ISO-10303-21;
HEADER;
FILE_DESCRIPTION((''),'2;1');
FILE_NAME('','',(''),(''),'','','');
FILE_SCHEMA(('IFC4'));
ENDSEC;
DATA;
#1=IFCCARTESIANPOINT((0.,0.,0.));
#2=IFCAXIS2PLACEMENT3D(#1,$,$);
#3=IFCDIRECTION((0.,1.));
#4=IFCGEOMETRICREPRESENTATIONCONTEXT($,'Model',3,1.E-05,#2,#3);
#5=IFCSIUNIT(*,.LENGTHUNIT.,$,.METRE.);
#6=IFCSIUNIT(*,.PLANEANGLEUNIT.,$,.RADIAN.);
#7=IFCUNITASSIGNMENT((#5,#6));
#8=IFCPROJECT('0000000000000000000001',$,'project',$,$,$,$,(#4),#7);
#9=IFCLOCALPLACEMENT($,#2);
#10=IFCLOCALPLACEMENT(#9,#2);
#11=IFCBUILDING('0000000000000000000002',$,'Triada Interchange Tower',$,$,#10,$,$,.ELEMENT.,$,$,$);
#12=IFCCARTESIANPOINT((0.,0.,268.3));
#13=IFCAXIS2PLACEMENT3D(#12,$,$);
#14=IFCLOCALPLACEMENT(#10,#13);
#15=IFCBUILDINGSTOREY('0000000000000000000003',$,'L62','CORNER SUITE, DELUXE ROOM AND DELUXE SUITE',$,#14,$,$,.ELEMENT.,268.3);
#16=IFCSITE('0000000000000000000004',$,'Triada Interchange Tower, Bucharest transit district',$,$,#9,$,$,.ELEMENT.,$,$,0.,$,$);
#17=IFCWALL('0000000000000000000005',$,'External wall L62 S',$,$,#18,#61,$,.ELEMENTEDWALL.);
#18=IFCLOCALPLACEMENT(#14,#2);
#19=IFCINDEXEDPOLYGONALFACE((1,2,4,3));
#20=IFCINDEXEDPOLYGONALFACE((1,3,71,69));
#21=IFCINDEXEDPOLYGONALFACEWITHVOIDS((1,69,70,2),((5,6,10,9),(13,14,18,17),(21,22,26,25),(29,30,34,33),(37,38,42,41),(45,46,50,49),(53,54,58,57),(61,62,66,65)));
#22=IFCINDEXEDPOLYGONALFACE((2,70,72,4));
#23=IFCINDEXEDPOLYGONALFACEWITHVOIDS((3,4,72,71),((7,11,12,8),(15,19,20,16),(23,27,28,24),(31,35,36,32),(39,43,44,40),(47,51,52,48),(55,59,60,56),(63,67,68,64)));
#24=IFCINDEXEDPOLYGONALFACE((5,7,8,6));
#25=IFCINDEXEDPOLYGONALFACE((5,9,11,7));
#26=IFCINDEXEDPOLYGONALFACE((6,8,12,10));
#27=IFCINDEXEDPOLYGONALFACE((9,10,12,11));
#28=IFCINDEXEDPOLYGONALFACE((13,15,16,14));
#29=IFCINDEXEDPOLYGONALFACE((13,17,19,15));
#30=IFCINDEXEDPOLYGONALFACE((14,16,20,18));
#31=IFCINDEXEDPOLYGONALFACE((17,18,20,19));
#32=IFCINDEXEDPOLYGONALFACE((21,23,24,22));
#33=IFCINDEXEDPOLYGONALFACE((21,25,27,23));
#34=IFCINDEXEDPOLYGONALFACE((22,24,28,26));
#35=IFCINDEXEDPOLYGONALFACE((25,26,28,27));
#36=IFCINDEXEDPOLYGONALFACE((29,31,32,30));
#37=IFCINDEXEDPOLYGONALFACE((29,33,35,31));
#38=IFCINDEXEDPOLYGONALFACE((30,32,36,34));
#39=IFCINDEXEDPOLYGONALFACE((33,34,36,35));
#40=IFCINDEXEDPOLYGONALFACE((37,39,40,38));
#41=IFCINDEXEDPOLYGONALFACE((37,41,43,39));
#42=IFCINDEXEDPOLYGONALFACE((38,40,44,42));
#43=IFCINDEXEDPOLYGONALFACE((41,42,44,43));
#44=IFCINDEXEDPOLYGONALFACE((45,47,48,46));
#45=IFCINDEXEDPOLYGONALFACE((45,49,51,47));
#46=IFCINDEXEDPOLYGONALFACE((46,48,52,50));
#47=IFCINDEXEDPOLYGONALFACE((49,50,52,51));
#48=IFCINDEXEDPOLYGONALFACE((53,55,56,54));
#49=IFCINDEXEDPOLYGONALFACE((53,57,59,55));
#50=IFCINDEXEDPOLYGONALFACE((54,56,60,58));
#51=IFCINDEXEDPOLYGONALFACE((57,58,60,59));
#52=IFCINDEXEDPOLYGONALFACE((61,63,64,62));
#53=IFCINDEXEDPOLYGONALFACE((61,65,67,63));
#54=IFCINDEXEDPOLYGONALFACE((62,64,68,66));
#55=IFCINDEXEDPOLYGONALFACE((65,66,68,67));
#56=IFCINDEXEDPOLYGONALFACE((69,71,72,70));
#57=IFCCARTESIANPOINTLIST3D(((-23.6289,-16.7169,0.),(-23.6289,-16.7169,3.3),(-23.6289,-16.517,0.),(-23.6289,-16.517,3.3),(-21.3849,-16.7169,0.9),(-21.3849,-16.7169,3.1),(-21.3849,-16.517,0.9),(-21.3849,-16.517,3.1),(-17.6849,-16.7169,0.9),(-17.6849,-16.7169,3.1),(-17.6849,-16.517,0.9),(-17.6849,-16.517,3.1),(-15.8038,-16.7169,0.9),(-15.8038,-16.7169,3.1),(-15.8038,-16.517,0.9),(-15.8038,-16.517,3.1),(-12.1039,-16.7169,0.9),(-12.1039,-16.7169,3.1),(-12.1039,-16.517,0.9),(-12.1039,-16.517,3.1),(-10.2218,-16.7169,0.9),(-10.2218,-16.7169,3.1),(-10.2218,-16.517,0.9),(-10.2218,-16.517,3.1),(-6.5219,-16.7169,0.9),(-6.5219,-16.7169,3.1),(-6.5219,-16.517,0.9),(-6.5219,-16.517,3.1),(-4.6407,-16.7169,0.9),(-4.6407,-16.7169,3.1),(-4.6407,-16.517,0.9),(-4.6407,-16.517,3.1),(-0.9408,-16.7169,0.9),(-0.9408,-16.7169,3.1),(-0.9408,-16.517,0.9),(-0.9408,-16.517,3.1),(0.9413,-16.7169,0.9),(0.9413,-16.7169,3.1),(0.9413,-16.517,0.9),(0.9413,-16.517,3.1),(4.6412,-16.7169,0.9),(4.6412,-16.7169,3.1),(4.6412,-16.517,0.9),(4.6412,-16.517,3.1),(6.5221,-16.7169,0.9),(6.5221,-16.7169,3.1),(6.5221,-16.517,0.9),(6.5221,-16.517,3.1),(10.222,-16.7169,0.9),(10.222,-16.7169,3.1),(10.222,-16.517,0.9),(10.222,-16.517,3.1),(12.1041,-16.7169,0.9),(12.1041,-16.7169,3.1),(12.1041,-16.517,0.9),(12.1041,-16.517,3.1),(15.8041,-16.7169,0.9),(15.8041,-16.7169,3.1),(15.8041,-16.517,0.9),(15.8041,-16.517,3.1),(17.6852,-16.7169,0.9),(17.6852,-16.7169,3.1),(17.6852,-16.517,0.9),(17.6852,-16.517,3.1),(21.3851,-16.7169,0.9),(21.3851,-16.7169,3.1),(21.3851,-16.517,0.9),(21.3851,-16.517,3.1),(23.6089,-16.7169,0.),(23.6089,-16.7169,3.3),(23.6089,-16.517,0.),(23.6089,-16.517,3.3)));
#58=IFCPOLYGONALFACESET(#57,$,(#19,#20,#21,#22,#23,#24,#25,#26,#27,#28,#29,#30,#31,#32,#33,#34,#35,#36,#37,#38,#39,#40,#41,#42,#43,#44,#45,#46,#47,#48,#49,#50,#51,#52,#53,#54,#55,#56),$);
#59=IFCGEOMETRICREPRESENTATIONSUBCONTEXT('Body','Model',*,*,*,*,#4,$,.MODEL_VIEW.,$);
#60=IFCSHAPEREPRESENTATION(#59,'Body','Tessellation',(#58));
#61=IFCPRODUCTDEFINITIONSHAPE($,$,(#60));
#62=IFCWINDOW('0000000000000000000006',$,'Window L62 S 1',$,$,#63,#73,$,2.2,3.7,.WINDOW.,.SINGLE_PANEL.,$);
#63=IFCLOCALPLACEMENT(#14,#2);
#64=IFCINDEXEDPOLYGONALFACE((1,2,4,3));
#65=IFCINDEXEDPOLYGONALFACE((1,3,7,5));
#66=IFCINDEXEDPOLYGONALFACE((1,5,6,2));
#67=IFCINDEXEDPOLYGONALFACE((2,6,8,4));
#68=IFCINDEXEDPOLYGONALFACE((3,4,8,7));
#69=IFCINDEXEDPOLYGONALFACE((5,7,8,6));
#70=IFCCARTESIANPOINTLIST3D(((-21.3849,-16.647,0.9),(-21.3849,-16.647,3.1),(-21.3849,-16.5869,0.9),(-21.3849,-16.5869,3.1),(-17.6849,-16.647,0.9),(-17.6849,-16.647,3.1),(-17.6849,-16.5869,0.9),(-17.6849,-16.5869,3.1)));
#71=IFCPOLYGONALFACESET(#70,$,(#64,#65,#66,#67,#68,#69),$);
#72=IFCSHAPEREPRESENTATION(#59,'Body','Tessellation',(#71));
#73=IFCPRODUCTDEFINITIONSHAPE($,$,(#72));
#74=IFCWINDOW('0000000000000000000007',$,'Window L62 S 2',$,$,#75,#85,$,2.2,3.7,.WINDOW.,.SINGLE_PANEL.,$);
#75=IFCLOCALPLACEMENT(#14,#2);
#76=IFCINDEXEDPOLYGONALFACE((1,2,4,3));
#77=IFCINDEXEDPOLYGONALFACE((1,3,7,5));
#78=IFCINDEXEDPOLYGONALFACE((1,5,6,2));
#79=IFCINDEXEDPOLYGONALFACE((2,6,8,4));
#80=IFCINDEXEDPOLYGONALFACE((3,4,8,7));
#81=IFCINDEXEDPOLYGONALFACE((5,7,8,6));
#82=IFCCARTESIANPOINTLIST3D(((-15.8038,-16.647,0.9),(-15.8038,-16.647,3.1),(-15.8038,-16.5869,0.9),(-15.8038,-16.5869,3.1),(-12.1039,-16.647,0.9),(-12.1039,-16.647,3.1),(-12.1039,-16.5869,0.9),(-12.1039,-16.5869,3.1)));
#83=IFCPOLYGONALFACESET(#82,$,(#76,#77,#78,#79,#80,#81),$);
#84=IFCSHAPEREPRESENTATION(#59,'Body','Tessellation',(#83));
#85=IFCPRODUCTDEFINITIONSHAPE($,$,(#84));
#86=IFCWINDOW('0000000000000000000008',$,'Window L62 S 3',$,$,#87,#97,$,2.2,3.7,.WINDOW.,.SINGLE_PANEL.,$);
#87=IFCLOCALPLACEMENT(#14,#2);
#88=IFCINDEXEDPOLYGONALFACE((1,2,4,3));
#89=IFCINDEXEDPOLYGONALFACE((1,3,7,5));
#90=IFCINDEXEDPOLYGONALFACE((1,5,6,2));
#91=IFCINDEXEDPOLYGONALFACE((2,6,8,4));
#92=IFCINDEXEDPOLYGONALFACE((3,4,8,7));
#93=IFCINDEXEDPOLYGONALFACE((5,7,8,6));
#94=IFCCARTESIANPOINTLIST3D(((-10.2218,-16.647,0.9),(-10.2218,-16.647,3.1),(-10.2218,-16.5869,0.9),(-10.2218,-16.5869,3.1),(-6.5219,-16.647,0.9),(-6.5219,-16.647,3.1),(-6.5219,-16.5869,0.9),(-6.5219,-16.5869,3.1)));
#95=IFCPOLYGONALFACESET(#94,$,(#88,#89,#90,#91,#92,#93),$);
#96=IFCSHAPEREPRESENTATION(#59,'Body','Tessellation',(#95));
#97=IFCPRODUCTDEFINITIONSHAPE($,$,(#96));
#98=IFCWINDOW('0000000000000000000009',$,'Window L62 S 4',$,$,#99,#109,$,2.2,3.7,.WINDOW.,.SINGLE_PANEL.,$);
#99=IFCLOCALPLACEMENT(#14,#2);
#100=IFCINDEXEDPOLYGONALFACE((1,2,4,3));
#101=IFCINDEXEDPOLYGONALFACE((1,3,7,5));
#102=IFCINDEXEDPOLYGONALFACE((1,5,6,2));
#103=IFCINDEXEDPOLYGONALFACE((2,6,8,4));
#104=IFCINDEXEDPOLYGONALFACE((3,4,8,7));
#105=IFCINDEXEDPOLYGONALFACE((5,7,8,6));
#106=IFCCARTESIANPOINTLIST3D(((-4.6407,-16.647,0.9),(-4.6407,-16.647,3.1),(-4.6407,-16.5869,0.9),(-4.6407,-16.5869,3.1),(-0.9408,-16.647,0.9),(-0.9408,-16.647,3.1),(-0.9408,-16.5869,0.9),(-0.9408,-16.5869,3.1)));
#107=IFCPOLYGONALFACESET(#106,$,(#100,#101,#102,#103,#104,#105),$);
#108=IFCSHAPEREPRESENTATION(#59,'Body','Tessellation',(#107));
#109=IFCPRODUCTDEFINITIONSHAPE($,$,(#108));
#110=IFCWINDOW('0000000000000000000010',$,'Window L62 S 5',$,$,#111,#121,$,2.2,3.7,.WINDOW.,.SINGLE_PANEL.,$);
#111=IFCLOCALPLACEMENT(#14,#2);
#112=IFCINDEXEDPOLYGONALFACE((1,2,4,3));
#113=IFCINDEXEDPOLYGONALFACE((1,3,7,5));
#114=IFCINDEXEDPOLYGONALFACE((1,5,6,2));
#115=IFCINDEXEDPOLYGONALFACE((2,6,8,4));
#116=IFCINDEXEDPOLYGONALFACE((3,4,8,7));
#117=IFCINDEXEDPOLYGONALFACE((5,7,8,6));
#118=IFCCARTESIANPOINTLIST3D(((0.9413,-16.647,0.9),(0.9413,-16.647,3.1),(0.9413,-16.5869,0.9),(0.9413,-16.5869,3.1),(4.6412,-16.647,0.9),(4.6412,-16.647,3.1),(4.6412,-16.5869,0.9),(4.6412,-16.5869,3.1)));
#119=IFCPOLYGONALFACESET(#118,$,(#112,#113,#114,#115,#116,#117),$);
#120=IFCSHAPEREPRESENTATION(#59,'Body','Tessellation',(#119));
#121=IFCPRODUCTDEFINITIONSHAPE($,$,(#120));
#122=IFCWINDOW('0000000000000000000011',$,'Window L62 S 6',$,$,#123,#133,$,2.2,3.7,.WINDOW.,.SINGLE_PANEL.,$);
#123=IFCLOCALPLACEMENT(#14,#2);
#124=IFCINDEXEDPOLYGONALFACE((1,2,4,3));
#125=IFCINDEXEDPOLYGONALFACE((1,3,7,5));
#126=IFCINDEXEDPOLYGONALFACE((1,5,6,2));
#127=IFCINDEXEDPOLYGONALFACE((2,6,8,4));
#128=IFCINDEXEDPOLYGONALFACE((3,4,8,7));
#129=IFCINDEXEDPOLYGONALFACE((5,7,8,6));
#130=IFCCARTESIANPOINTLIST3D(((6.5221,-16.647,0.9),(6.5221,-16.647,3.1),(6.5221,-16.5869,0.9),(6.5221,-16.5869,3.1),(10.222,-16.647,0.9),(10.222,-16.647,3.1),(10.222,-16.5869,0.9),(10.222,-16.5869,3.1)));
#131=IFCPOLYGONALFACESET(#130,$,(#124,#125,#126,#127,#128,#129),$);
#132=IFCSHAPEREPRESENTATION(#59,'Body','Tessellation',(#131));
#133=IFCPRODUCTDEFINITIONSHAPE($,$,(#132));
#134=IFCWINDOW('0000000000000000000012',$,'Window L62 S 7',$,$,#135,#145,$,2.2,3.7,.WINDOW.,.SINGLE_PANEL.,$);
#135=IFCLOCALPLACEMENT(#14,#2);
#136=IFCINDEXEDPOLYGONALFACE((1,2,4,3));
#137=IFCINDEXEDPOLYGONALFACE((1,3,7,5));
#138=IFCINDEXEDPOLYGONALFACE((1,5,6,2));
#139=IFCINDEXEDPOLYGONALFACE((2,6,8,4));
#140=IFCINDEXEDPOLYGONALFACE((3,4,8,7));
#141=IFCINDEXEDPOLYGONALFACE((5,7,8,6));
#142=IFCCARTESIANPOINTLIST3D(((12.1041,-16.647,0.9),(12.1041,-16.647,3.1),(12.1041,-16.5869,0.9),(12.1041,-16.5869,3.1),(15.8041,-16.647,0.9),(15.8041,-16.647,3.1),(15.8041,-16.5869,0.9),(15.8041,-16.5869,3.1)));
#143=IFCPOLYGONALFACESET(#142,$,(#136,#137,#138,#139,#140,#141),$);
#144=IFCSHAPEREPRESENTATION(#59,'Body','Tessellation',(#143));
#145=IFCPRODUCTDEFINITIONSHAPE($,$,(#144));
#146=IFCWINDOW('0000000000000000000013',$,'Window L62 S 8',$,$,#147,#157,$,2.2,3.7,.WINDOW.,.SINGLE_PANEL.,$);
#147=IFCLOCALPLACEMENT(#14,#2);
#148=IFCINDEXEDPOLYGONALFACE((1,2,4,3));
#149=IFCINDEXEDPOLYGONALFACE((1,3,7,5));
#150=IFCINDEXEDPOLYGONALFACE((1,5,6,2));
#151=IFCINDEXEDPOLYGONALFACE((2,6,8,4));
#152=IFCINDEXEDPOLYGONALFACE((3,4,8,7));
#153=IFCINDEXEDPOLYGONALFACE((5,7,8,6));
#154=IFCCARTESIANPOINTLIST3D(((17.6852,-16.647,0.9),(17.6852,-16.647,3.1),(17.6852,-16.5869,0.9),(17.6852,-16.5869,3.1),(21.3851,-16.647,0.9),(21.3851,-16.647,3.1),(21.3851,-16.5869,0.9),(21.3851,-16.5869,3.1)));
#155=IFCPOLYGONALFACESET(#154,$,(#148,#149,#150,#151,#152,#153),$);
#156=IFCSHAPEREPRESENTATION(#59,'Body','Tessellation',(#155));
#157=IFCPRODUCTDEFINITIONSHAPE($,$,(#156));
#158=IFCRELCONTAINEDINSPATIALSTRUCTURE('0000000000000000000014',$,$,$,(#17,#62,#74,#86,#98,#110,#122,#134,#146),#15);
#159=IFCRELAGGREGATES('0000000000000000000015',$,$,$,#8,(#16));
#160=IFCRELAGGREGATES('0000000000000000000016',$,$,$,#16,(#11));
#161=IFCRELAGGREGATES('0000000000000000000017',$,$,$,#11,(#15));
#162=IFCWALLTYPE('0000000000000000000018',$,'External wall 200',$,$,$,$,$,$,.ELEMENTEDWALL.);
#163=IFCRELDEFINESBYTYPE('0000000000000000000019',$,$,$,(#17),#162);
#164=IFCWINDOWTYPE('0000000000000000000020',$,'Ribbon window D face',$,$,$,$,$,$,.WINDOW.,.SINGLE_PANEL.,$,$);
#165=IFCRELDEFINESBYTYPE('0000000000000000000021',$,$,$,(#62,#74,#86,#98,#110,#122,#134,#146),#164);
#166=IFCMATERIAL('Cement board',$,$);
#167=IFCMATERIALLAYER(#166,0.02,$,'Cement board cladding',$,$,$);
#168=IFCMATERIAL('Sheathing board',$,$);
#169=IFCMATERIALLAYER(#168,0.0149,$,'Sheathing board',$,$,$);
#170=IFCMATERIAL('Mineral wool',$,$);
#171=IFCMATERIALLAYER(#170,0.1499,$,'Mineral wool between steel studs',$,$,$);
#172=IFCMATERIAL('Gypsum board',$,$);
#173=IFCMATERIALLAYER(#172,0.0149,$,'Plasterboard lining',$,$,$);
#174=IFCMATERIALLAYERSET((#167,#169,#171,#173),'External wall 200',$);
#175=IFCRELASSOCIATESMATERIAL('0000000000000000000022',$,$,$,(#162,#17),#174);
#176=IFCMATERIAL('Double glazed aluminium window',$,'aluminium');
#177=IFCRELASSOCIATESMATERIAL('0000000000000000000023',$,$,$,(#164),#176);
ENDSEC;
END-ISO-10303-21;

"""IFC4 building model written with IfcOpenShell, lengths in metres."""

from ifc_helpers import new_model, si_unit, direction, frame, frame_2d, origin, place, context, subcontext, project, spatial, rectangle, extrude, material, layer, layer_set, layer_usage, type_object, element, fill, save


model = new_model("IFC4")

# Units and contexts
model_context = context("Model", 3, precision=1e-05, world=origin(), true_north=direction((0.0, 1.0)))
body_context = subcontext(model_context, "Body", "Model", "MODEL_VIEW")
ifc_project = project(units=[si_unit("LENGTHUNIT", "METRE"), si_unit("PLANEANGLEUNIT", "RADIAN")], contexts=[model_context])

# Site, building, storey
site_placement = place(None, origin())
site = spatial("IfcSite", under=ifc_project, at=site_placement, Name="Triada Interchange Tower, Bucharest transit district", CompositionType="ELEMENT", RefElevation=0.0)
building_placement = place(site_placement, origin())
building = spatial("IfcBuilding", under=site, at=building_placement, Name="Triada Interchange Tower", CompositionType="ELEMENT")
storey_placement = place(building_placement, frame((0.0, 0.0, 268.3)))
storey = spatial("IfcBuildingStorey", under=building, at=storey_placement, Name="L62", Description="CORNER SUITE, DELUXE ROOM AND DELUXE SUITE", CompositionType="ELEMENT", Elevation=268.3)

# Shared definitions
ifc_material_1 = material(Name="Cement board")
ifc_layer_1 = layer(ifc_material_1, 0.02, Name="Cement board cladding")
ifc_material_2 = material(Name="Sheathing board")
ifc_layer_2 = layer(ifc_material_2, 0.0149, Name="Sheathing board")
ifc_material_3 = material(Name="Mineral wool")
ifc_layer_3 = layer(ifc_material_3, 0.1499, Name="Mineral wool between steel studs")
ifc_material_4 = material(Name="Gypsum board")
ifc_layer_4 = layer(ifc_material_4, 0.0149, Name="Plasterboard lining")
ifc_layer_set_1 = layer_set([ifc_layer_1, ifc_layer_2, ifc_layer_3, ifc_layer_4], Name="External wall 200")
ifc_layer_usage = layer_usage(ifc_layer_set_1, "AXIS2", "POSITIVE", -0.1001)
wall_type = type_object("IfcWallType", Name="External wall 200", PredefinedType="ELEMENTEDWALL", material=ifc_layer_set_1)
ifc_material_5 = material(Name="Double glazed aluminium window", Category="aluminium")

# Wall, openings, windows
wall_1_placement = place(storey_placement, frame((-23.6289, -16.6169, 0.0), z_axis=(0.0, 0.0, 1.0), x_axis=(1.0, 0.0, 0.0)))
wall_1 = element("IfcWall", 1, at=wall_1_placement, inside=storey, type_object=wall_type, material=ifc_layer_usage, Name="External wall L62 S", PredefinedType="ELEMENTEDWALL", context=body_context, shape_type="SweptSolid", body=[
    extrude(rectangle(XDim=47.2378, YDim=0.2, at=frame_2d((23.6189, 0.0))), origin(), (0.0, 0.0, 1.0), 3.3),
])
opening_1_placement = place(wall_1_placement, frame((2.2439, 0.0, 0.8999)))
opening_1 = element("IfcOpeningElement", 2, at=opening_1_placement, cuts=wall_1, PredefinedType="OPENING", context=body_context, shape_type="SweptSolid", body=[
    extrude(rectangle(XDim=3.7, YDim=2.2, at=frame_2d((1.8501, 1.1001))), frame((0.0, 0.1099, 0.0), z_axis=(0.0, -1.0, 0.0), x_axis=(1.0, 0.0, 0.0)), (0.0, 0.0, 1.0), 0.22),
])
opening_2_placement = place(wall_1_placement, frame((7.825, 0.0, 0.8999)))
opening_2 = element("IfcOpeningElement", 3, at=opening_2_placement, cuts=wall_1, PredefinedType="OPENING", context=body_context, shape_type="SweptSolid", body=[
    extrude(rectangle(XDim=3.7, YDim=2.2, at=frame_2d((1.8501, 1.1001))), frame((0.0, 0.1099, 0.0), z_axis=(0.0, -1.0, 0.0), x_axis=(1.0, 0.0, 0.0)), (0.0, 0.0, 1.0), 0.22),
])
opening_3_placement = place(wall_1_placement, frame((13.407, 0.0, 0.8999)))
opening_3 = element("IfcOpeningElement", 4, at=opening_3_placement, cuts=wall_1, PredefinedType="OPENING", context=body_context, shape_type="SweptSolid", body=[
    extrude(rectangle(XDim=3.7, YDim=2.2, at=frame_2d((1.8501, 1.1001))), frame((0.0, 0.1099, 0.0), z_axis=(0.0, -1.0, 0.0), x_axis=(1.0, 0.0, 0.0)), (0.0, 0.0, 1.0), 0.22),
])
opening_4_placement = place(wall_1_placement, frame((18.988, 0.0, 0.8999)))
opening_4 = element("IfcOpeningElement", 5, at=opening_4_placement, cuts=wall_1, PredefinedType="OPENING", context=body_context, shape_type="SweptSolid", body=[
    extrude(rectangle(XDim=3.7, YDim=2.2, at=frame_2d((1.8501, 1.1001))), frame((0.0, 0.1099, 0.0), z_axis=(0.0, -1.0, 0.0), x_axis=(1.0, 0.0, 0.0)), (0.0, 0.0, 1.0), 0.22),
])
opening_5_placement = place(wall_1_placement, frame((24.5701, 0.0, 0.8999)))
opening_5 = element("IfcOpeningElement", 6, at=opening_5_placement, cuts=wall_1, PredefinedType="OPENING", context=body_context, shape_type="SweptSolid", body=[
    extrude(rectangle(XDim=3.7, YDim=2.2, at=frame_2d((1.8501, 1.1001))), frame((0.0, 0.1099, 0.0), z_axis=(0.0, -1.0, 0.0), x_axis=(1.0, 0.0, 0.0)), (0.0, 0.0, 1.0), 0.22),
])
opening_6_placement = place(wall_1_placement, frame((30.1509, 0.0, 0.8999)))
opening_6 = element("IfcOpeningElement", 7, at=opening_6_placement, cuts=wall_1, PredefinedType="OPENING", context=body_context, shape_type="SweptSolid", body=[
    extrude(rectangle(XDim=3.7, YDim=2.2, at=frame_2d((1.8501, 1.1001))), frame((0.0, 0.1099, 0.0), z_axis=(0.0, -1.0, 0.0), x_axis=(1.0, 0.0, 0.0)), (0.0, 0.0, 1.0), 0.22),
])
opening_7_placement = place(wall_1_placement, frame((35.7329, 0.0, 0.8999)))
opening_7 = element("IfcOpeningElement", 8, at=opening_7_placement, cuts=wall_1, PredefinedType="OPENING", context=body_context, shape_type="SweptSolid", body=[
    extrude(rectangle(XDim=3.7, YDim=2.2, at=frame_2d((1.8501, 1.1001))), frame((0.0, 0.1099, 0.0), z_axis=(0.0, -1.0, 0.0), x_axis=(1.0, 0.0, 0.0)), (0.0, 0.0, 1.0), 0.22),
])
opening_8_placement = place(wall_1_placement, frame((41.314, 0.0, 0.8999)))
opening_8 = element("IfcOpeningElement", 9, at=opening_8_placement, cuts=wall_1, PredefinedType="OPENING", context=body_context, shape_type="SweptSolid", body=[
    extrude(rectangle(XDim=3.7, YDim=2.2, at=frame_2d((1.8501, 1.1001))), frame((0.0, 0.1099, 0.0), z_axis=(0.0, -1.0, 0.0), x_axis=(1.0, 0.0, 0.0)), (0.0, 0.0, 1.0), 0.22),
])
window_type_1 = type_object("IfcWindowType", Name="Ribbon window D face", PartitioningType="SINGLE_PANEL", PredefinedType="WINDOW", material=ifc_material_5)
window_1_placement = place(opening_1_placement, origin())
window_1 = element("IfcWindow", 10, at=window_1_placement, inside=storey, type_object=window_type_1, Name="Window L62 S 1", OverallHeight=2.2, OverallWidth=3.7, PartitioningType="SINGLE_PANEL", PredefinedType="WINDOW", context=body_context, shape_type="SweptSolid", body=[
    extrude(rectangle(XDim=3.7, YDim=2.2, at=frame_2d((1.8501, 1.1001))), frame((0.0, 0.03, 0.0), z_axis=(0.0, -1.0, 0.0), x_axis=(1.0, 0.0, 0.0)), (0.0, 0.0, 1.0), 0.0601),
])
fill(opening_1, window_1)
window_2_placement = place(opening_2_placement, origin())
window_2 = element("IfcWindow", 11, at=window_2_placement, inside=storey, type_object=window_type_1, Name="Window L62 S 2", OverallHeight=2.2, OverallWidth=3.7, PartitioningType="SINGLE_PANEL", PredefinedType="WINDOW", context=body_context, shape_type="SweptSolid", body=[
    extrude(rectangle(XDim=3.7, YDim=2.2, at=frame_2d((1.8501, 1.1001))), frame((0.0, 0.03, 0.0), z_axis=(0.0, -1.0, 0.0), x_axis=(1.0, 0.0, 0.0)), (0.0, 0.0, 1.0), 0.0601),
])
fill(opening_2, window_2)
window_3_placement = place(opening_3_placement, origin())
window_3 = element("IfcWindow", 12, at=window_3_placement, inside=storey, type_object=window_type_1, Name="Window L62 S 3", OverallHeight=2.2, OverallWidth=3.7, PartitioningType="SINGLE_PANEL", PredefinedType="WINDOW", context=body_context, shape_type="SweptSolid", body=[
    extrude(rectangle(XDim=3.7, YDim=2.2, at=frame_2d((1.8501, 1.1001))), frame((0.0, 0.03, 0.0), z_axis=(0.0, -1.0, 0.0), x_axis=(1.0, 0.0, 0.0)), (0.0, 0.0, 1.0), 0.0601),
])
fill(opening_3, window_3)
window_4_placement = place(opening_4_placement, origin())
window_4 = element("IfcWindow", 13, at=window_4_placement, inside=storey, type_object=window_type_1, Name="Window L62 S 4", OverallHeight=2.2, OverallWidth=3.7, PartitioningType="SINGLE_PANEL", PredefinedType="WINDOW", context=body_context, shape_type="SweptSolid", body=[
    extrude(rectangle(XDim=3.7, YDim=2.2, at=frame_2d((1.8501, 1.1001))), frame((0.0, 0.03, 0.0), z_axis=(0.0, -1.0, 0.0), x_axis=(1.0, 0.0, 0.0)), (0.0, 0.0, 1.0), 0.0601),
])
fill(opening_4, window_4)
window_5_placement = place(opening_5_placement, origin())
window_5 = element("IfcWindow", 14, at=window_5_placement, inside=storey, type_object=window_type_1, Name="Window L62 S 5", OverallHeight=2.2, OverallWidth=3.7, PartitioningType="SINGLE_PANEL", PredefinedType="WINDOW", context=body_context, shape_type="SweptSolid", body=[
    extrude(rectangle(XDim=3.7, YDim=2.2, at=frame_2d((1.8501, 1.1001))), frame((0.0, 0.03, 0.0), z_axis=(0.0, -1.0, 0.0), x_axis=(1.0, 0.0, 0.0)), (0.0, 0.0, 1.0), 0.0601),
])
fill(opening_5, window_5)
window_6_placement = place(opening_6_placement, origin())
window_6 = element("IfcWindow", 15, at=window_6_placement, inside=storey, type_object=window_type_1, Name="Window L62 S 6", OverallHeight=2.2, OverallWidth=3.7, PartitioningType="SINGLE_PANEL", PredefinedType="WINDOW", context=body_context, shape_type="SweptSolid", body=[
    extrude(rectangle(XDim=3.7, YDim=2.2, at=frame_2d((1.8501, 1.1001))), frame((0.0, 0.03, 0.0), z_axis=(0.0, -1.0, 0.0), x_axis=(1.0, 0.0, 0.0)), (0.0, 0.0, 1.0), 0.0601),
])
fill(opening_6, window_6)
window_7_placement = place(opening_7_placement, origin())
window_7 = element("IfcWindow", 16, at=window_7_placement, inside=storey, type_object=window_type_1, Name="Window L62 S 7", OverallHeight=2.2, OverallWidth=3.7, PartitioningType="SINGLE_PANEL", PredefinedType="WINDOW", context=body_context, shape_type="SweptSolid", body=[
    extrude(rectangle(XDim=3.7, YDim=2.2, at=frame_2d((1.8501, 1.1001))), frame((0.0, 0.03, 0.0), z_axis=(0.0, -1.0, 0.0), x_axis=(1.0, 0.0, 0.0)), (0.0, 0.0, 1.0), 0.0601),
])
fill(opening_7, window_7)
window_8_placement = place(opening_8_placement, origin())
window_8 = element("IfcWindow", 17, at=window_8_placement, inside=storey, type_object=window_type_1, Name="Window L62 S 8", OverallHeight=2.2, OverallWidth=3.7, PartitioningType="SINGLE_PANEL", PredefinedType="WINDOW", context=body_context, shape_type="SweptSolid", body=[
    extrude(rectangle(XDim=3.7, YDim=2.2, at=frame_2d((1.8501, 1.1001))), frame((0.0, 0.03, 0.0), z_axis=(0.0, -1.0, 0.0), x_axis=(1.0, 0.0, 0.0)), (0.0, 0.0, 1.0), 0.0601),
])
fill(opening_8, window_8)

save(model, "model.ifc")
